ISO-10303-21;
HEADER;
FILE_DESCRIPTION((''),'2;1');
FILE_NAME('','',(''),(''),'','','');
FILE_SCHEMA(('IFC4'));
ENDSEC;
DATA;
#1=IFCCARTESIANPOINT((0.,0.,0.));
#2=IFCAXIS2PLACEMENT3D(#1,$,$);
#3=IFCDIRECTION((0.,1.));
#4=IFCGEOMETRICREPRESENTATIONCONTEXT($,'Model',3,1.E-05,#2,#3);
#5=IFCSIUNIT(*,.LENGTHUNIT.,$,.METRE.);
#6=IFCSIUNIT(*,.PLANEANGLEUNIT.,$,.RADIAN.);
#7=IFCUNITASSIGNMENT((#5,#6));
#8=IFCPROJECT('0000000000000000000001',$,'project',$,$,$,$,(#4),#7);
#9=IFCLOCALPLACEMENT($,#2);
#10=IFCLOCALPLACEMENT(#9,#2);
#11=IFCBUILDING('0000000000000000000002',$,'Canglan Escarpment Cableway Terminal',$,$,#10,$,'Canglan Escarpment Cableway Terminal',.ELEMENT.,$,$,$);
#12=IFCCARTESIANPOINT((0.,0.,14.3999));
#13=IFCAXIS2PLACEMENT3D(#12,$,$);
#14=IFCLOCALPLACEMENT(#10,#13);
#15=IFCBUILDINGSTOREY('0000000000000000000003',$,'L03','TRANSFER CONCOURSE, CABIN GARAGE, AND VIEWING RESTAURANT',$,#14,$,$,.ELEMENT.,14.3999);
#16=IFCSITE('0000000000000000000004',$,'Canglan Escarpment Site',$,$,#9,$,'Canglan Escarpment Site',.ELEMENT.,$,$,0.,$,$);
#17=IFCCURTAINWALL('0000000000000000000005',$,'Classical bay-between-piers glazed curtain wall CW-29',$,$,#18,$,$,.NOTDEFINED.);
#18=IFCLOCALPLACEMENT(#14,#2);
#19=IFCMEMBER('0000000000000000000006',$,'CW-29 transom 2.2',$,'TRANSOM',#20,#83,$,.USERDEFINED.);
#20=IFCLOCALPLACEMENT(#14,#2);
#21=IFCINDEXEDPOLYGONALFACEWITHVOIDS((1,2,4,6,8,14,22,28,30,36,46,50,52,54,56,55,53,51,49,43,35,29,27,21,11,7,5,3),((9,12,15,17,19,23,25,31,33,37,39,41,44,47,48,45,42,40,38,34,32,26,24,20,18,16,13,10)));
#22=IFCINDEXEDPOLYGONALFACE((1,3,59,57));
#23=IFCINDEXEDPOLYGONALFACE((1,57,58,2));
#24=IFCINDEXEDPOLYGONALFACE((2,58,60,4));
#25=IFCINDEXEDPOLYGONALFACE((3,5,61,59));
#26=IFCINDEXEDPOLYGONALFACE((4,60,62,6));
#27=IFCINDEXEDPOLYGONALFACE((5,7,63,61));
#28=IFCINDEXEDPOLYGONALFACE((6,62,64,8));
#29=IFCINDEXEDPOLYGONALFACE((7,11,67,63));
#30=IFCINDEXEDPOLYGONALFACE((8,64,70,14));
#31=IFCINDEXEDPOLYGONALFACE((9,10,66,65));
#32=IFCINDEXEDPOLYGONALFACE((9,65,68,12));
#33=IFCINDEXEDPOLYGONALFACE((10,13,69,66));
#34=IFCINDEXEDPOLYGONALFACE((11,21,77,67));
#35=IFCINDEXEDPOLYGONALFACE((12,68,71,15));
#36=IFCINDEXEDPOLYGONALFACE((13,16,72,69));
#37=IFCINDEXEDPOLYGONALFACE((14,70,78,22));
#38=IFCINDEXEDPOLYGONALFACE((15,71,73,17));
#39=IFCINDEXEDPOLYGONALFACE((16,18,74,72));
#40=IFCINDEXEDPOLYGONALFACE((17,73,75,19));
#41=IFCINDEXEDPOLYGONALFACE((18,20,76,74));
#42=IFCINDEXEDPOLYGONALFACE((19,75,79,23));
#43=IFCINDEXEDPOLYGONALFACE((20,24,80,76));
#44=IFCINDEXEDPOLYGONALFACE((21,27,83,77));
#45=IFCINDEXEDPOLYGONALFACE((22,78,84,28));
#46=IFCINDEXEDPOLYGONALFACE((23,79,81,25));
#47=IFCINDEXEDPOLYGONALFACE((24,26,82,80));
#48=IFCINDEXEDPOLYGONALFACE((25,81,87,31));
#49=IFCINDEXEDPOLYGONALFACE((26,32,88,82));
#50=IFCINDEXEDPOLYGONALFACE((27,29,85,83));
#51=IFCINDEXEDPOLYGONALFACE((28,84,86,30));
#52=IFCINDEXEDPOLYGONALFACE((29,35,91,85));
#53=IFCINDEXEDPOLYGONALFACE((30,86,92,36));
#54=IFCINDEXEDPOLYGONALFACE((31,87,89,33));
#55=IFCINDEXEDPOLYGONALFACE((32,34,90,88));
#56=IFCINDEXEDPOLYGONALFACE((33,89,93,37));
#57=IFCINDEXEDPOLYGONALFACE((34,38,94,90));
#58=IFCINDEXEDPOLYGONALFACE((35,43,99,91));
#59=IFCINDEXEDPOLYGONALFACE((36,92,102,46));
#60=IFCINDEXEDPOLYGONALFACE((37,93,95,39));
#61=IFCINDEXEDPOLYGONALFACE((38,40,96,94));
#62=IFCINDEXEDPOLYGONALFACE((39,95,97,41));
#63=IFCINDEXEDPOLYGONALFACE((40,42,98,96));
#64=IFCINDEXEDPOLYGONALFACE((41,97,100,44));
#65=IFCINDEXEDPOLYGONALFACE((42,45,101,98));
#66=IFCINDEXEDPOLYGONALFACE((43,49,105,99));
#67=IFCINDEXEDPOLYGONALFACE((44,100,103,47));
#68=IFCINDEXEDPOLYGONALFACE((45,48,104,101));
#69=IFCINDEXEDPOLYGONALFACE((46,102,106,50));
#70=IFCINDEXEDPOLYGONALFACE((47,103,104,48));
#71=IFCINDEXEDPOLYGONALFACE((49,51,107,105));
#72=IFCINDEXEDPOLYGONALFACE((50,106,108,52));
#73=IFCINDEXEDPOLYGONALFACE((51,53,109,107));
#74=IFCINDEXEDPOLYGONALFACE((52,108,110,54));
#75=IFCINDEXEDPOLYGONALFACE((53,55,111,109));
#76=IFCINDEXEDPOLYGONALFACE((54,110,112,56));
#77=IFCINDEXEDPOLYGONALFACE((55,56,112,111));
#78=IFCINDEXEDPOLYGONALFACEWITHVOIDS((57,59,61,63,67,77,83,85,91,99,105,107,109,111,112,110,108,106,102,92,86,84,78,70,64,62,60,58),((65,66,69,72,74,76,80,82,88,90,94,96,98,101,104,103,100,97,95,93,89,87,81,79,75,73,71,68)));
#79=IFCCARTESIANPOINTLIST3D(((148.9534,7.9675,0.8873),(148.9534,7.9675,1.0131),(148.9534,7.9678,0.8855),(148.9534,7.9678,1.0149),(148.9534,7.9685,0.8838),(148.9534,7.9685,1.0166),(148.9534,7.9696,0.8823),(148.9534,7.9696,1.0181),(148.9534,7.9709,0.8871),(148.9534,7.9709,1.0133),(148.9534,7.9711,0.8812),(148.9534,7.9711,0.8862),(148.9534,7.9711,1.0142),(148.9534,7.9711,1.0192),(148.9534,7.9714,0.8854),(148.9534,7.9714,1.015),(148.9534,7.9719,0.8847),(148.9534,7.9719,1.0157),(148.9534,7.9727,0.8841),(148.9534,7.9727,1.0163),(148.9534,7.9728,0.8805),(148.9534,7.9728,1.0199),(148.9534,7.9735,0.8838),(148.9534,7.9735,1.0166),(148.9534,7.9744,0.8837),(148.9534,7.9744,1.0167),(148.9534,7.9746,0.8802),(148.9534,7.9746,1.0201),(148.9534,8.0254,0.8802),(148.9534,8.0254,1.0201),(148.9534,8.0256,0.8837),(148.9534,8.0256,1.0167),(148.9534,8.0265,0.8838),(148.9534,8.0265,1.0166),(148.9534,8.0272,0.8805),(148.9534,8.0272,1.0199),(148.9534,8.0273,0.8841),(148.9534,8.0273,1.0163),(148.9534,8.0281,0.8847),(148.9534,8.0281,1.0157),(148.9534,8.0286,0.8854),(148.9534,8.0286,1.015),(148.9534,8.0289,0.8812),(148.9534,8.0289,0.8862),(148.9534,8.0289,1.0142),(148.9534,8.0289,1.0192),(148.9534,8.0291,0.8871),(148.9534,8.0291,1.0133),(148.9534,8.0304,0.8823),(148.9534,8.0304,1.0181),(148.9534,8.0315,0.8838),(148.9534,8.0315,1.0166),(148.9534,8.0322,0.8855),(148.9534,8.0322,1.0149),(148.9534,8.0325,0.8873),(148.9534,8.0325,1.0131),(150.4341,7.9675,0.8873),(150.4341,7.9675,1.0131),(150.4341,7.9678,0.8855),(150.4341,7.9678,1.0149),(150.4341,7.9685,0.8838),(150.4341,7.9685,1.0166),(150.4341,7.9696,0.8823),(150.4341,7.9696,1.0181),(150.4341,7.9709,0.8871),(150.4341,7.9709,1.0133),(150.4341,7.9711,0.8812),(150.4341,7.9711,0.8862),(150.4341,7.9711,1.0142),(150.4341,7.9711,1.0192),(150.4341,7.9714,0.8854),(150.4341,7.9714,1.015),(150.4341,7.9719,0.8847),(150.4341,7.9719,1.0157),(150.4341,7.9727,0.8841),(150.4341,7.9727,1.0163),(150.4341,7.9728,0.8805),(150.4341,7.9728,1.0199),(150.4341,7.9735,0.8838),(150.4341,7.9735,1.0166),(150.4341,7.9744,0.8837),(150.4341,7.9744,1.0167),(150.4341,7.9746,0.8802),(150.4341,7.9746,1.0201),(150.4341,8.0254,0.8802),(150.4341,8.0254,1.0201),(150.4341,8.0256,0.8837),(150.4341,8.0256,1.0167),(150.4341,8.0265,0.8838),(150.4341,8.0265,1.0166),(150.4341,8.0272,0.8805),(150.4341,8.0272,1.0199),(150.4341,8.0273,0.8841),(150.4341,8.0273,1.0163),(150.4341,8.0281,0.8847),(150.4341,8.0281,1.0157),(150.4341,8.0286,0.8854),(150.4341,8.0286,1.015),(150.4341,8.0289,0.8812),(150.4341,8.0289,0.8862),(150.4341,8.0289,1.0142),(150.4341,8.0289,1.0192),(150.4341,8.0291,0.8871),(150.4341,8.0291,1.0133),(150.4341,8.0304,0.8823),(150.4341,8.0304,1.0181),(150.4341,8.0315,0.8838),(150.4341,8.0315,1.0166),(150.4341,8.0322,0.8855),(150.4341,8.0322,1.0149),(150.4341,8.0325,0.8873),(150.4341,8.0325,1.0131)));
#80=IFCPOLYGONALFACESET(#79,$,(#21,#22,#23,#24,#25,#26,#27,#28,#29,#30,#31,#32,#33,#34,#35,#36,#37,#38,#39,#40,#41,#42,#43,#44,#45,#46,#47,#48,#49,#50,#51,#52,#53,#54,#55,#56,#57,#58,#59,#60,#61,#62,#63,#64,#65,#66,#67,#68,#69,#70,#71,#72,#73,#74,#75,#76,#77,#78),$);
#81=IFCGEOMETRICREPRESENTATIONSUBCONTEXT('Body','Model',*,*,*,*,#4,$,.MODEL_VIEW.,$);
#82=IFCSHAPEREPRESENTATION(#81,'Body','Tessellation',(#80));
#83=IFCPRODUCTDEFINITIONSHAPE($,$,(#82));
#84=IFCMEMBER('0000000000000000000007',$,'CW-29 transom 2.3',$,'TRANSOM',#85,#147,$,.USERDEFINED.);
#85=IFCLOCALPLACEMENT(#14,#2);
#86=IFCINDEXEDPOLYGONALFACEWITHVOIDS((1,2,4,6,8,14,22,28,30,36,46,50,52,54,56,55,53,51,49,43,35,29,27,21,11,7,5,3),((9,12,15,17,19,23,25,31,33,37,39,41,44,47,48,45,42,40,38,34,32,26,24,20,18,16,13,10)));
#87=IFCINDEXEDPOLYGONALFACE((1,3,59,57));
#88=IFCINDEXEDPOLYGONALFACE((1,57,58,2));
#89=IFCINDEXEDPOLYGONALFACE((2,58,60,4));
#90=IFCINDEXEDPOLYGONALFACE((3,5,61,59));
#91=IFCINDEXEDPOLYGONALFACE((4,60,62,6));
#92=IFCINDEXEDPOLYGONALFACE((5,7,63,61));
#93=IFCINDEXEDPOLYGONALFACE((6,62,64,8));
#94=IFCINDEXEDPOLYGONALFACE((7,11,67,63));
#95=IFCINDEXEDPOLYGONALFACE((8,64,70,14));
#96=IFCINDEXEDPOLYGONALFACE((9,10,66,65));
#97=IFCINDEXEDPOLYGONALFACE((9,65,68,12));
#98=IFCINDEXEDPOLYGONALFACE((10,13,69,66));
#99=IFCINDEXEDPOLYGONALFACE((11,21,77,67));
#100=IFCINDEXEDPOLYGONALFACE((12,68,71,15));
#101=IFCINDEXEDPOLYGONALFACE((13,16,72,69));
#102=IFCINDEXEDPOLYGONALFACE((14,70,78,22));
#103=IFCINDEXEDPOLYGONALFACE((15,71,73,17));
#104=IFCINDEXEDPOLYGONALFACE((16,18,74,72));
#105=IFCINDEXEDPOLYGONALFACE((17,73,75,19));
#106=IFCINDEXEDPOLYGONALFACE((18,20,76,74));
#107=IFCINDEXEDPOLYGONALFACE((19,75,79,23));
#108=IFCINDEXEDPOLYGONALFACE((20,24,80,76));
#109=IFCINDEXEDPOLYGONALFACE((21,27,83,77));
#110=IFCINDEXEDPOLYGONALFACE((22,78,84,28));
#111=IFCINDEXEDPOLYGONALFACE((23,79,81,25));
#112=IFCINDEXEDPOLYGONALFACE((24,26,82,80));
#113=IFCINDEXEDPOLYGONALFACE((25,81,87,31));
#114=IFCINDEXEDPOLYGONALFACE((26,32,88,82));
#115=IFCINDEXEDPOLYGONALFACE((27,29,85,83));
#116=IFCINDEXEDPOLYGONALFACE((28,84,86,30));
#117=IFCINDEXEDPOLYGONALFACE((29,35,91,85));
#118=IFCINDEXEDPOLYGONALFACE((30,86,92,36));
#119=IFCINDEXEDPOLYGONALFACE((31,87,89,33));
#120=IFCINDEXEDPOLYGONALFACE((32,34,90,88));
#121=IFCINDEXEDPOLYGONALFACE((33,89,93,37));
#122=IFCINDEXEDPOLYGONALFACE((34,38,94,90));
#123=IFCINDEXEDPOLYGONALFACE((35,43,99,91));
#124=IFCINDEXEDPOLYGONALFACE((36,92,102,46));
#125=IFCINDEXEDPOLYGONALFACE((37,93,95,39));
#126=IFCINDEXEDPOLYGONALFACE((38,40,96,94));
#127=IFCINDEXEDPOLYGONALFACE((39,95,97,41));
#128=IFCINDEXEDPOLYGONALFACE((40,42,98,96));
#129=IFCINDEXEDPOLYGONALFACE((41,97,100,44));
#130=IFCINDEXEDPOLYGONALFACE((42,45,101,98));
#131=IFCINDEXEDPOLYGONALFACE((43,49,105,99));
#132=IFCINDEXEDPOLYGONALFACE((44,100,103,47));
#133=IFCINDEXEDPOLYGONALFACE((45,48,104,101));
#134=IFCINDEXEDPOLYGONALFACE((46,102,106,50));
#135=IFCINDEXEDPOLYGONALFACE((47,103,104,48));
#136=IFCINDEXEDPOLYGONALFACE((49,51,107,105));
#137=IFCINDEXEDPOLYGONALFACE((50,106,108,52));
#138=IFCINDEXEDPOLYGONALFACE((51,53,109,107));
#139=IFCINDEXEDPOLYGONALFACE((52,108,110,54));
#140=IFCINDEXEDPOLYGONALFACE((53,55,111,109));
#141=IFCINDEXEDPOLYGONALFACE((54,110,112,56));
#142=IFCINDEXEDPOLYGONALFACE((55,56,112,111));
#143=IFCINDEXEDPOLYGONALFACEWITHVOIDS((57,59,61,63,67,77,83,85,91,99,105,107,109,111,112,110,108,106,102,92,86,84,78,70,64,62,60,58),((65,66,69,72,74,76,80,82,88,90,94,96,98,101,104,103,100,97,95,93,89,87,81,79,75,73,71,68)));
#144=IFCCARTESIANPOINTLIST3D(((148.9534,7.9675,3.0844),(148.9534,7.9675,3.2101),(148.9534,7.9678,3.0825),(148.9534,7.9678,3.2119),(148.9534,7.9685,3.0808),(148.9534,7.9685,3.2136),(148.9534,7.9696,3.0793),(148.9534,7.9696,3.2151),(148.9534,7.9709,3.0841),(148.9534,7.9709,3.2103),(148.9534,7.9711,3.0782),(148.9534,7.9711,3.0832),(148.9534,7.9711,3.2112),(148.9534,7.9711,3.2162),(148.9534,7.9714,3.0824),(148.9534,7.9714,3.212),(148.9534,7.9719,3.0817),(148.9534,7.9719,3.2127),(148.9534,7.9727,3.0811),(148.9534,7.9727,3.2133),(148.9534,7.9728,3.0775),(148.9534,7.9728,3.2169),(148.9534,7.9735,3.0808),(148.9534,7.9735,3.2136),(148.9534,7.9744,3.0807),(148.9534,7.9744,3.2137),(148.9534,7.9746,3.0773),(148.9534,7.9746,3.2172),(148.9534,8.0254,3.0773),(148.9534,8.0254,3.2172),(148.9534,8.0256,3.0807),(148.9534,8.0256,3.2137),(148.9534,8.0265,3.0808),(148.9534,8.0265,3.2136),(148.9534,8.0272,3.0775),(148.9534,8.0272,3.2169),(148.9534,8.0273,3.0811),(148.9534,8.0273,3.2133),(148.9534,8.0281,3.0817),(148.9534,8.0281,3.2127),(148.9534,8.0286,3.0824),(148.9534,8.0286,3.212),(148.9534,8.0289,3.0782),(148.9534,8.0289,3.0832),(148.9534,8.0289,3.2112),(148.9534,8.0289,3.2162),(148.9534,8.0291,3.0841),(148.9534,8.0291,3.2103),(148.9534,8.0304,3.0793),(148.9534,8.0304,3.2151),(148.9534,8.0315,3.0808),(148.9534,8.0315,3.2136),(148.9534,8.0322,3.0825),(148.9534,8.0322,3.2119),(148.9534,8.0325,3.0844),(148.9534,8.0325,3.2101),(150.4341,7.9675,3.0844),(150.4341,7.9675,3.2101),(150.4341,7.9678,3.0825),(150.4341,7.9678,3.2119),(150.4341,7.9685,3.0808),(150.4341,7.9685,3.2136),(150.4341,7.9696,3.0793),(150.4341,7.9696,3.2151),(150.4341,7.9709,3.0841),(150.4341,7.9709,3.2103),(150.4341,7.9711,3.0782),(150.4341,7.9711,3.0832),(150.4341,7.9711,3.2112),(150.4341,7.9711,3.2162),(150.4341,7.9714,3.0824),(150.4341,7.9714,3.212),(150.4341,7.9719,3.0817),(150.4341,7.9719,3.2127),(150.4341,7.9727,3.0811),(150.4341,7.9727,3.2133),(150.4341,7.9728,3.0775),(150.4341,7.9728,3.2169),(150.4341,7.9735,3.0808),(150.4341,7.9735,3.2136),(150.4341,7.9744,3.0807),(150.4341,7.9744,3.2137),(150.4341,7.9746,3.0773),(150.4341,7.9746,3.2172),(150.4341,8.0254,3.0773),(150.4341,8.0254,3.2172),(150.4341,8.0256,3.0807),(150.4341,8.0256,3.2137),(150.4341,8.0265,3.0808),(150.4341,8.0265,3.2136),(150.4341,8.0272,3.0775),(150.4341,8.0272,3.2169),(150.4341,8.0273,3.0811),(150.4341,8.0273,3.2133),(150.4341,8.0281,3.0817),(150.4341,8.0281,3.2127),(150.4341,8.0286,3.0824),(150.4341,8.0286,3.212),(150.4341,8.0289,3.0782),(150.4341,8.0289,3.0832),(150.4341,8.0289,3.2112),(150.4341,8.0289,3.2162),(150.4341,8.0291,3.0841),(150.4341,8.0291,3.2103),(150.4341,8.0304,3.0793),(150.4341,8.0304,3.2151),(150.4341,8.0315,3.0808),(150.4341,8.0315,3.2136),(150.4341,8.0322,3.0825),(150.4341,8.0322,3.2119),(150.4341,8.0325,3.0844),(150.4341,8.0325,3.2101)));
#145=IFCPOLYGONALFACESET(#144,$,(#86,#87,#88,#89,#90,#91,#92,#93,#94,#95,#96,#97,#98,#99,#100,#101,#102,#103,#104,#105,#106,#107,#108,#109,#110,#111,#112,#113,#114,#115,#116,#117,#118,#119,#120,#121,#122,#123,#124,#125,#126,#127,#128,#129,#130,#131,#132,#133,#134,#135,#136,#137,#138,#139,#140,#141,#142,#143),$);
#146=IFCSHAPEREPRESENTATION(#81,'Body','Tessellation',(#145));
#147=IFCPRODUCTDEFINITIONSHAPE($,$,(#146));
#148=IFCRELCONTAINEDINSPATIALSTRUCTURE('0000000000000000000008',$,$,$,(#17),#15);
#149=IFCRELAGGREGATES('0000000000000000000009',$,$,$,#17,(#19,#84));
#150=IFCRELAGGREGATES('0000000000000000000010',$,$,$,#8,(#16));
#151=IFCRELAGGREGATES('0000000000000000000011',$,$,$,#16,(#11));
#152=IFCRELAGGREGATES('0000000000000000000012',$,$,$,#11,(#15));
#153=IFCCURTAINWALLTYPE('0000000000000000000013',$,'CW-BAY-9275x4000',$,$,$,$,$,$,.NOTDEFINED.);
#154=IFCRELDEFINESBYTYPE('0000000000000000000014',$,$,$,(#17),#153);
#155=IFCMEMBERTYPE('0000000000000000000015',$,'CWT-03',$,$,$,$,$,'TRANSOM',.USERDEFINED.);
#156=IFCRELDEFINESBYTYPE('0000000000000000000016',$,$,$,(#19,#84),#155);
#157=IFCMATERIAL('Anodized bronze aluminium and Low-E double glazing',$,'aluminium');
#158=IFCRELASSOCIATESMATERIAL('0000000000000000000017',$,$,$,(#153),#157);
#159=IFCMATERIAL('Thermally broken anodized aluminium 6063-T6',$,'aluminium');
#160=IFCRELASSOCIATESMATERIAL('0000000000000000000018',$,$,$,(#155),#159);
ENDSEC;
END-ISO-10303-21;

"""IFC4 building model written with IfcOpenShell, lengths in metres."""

from ifc_helpers import new_model, si_unit, direction, frame, origin, origin_2d, place, context, subcontext, project, spatial, hollow_rectangle, extrude, material, material_profile, profile_set, type_object, element, aggregate, save


model = new_model("IFC4")

# Units and contexts
model_context = context("Model", 3, precision=1e-05, world=origin(), true_north=direction((0.0, 1.0)))
body_context = subcontext(model_context, "Body", "Model", "MODEL_VIEW")
ifc_project = project(units=[si_unit("LENGTHUNIT", "METRE"), si_unit("PLANEANGLEUNIT", "RADIAN")], contexts=[model_context])

# Site, building, storey
site_placement = place(None, origin())
site = spatial("IfcSite", under=ifc_project, at=site_placement, Name="Canglan Escarpment Site", LongName="Canglan Escarpment Site", CompositionType="ELEMENT", RefElevation=0.0)
building_placement = place(site_placement, origin())
building = spatial("IfcBuilding", under=site, at=building_placement, Name="Canglan Escarpment Cableway Terminal", LongName="Canglan Escarpment Cableway Terminal", CompositionType="ELEMENT")
storey_placement = place(building_placement, frame((0.0, 0.0, 14.3999)))
storey = spatial("IfcBuildingStorey", under=building, at=storey_placement, Name="L03", Description="TRANSFER CONCOURSE, CABIN GARAGE, AND VIEWING RESTAURANT", CompositionType="ELEMENT", Elevation=14.3999)

# Curtain wall, members
ifc_material_1 = material(Name="Anodized bronze aluminium and Low-E double glazing", Category="aluminium")
curtain_wall_type = type_object("IfcCurtainWallType", Name="CW-BAY-9275x4000", PredefinedType="NOTDEFINED", material=ifc_material_1)
curtain_wall_placement = place(storey_placement, origin())
curtain_wall = element("IfcCurtainWall", 1, at=curtain_wall_placement, inside=storey, type_object=curtain_wall_type, Name="Classical bay-between-piers glazed curtain wall CW-29", PredefinedType="NOTDEFINED")
ifc_material_2 = material(Name="Thermally broken anodized aluminium 6063-T6", Category="aluminium")
ifc_material_profile_1 = material_profile(ifc_material_2, hollow_rectangle(XDim=0.0649, YDim=0.1399, WallThickness=0.0034, InnerFilletRadius=0.0034, OuterFilletRadius=0.0071, at=origin_2d()), Name="ALU-TRAN 65x140x3.5")
ifc_profile_set_1 = profile_set([ifc_material_profile_1], Name="Thermally broken anodized aluminium 6063-T6")
member_type_1 = type_object("IfcMemberType", Name="CWT-03", ElementType="TRANSOM", PredefinedType="USERDEFINED", material=ifc_profile_set_1)
member_1_placement = place(storey_placement, frame((148.9534, 8.0, 0.9502), z_axis=(1.0, 0.0, 0.0), x_axis=(0.0, 1.0, 0.0)))
member_1 = element("IfcMember", 2, at=member_1_placement, type_object=member_type_1, Name="CW-29 transom 2.2", ObjectType="TRANSOM", PredefinedType="USERDEFINED", context=body_context, shape_type="SweptSolid", body=[
    extrude(hollow_rectangle(XDim=0.0649, YDim=0.1399, WallThickness=0.0034, InnerFilletRadius=0.0034, OuterFilletRadius=0.0071, at=origin_2d()), origin(), (0.0, 0.0, 1.0), 1.4807),
])
member_2_placement = place(storey_placement, frame((148.9534, 8.0, 3.1472), z_axis=(1.0, 0.0, 0.0), x_axis=(0.0, 1.0, 0.0)))
member_2 = element("IfcMember", 3, at=member_2_placement, type_object=member_type_1, Name="CW-29 transom 2.3", ObjectType="TRANSOM", PredefinedType="USERDEFINED", context=body_context, shape_type="SweptSolid", body=[
    extrude(hollow_rectangle(XDim=0.0649, YDim=0.1399, WallThickness=0.0034, InnerFilletRadius=0.0034, OuterFilletRadius=0.0071, at=origin_2d()), origin(), (0.0, 0.0, 1.0), 1.4807),
])
aggregate(curtain_wall, [member_1, member_2])

save(model, "model.ifc")
